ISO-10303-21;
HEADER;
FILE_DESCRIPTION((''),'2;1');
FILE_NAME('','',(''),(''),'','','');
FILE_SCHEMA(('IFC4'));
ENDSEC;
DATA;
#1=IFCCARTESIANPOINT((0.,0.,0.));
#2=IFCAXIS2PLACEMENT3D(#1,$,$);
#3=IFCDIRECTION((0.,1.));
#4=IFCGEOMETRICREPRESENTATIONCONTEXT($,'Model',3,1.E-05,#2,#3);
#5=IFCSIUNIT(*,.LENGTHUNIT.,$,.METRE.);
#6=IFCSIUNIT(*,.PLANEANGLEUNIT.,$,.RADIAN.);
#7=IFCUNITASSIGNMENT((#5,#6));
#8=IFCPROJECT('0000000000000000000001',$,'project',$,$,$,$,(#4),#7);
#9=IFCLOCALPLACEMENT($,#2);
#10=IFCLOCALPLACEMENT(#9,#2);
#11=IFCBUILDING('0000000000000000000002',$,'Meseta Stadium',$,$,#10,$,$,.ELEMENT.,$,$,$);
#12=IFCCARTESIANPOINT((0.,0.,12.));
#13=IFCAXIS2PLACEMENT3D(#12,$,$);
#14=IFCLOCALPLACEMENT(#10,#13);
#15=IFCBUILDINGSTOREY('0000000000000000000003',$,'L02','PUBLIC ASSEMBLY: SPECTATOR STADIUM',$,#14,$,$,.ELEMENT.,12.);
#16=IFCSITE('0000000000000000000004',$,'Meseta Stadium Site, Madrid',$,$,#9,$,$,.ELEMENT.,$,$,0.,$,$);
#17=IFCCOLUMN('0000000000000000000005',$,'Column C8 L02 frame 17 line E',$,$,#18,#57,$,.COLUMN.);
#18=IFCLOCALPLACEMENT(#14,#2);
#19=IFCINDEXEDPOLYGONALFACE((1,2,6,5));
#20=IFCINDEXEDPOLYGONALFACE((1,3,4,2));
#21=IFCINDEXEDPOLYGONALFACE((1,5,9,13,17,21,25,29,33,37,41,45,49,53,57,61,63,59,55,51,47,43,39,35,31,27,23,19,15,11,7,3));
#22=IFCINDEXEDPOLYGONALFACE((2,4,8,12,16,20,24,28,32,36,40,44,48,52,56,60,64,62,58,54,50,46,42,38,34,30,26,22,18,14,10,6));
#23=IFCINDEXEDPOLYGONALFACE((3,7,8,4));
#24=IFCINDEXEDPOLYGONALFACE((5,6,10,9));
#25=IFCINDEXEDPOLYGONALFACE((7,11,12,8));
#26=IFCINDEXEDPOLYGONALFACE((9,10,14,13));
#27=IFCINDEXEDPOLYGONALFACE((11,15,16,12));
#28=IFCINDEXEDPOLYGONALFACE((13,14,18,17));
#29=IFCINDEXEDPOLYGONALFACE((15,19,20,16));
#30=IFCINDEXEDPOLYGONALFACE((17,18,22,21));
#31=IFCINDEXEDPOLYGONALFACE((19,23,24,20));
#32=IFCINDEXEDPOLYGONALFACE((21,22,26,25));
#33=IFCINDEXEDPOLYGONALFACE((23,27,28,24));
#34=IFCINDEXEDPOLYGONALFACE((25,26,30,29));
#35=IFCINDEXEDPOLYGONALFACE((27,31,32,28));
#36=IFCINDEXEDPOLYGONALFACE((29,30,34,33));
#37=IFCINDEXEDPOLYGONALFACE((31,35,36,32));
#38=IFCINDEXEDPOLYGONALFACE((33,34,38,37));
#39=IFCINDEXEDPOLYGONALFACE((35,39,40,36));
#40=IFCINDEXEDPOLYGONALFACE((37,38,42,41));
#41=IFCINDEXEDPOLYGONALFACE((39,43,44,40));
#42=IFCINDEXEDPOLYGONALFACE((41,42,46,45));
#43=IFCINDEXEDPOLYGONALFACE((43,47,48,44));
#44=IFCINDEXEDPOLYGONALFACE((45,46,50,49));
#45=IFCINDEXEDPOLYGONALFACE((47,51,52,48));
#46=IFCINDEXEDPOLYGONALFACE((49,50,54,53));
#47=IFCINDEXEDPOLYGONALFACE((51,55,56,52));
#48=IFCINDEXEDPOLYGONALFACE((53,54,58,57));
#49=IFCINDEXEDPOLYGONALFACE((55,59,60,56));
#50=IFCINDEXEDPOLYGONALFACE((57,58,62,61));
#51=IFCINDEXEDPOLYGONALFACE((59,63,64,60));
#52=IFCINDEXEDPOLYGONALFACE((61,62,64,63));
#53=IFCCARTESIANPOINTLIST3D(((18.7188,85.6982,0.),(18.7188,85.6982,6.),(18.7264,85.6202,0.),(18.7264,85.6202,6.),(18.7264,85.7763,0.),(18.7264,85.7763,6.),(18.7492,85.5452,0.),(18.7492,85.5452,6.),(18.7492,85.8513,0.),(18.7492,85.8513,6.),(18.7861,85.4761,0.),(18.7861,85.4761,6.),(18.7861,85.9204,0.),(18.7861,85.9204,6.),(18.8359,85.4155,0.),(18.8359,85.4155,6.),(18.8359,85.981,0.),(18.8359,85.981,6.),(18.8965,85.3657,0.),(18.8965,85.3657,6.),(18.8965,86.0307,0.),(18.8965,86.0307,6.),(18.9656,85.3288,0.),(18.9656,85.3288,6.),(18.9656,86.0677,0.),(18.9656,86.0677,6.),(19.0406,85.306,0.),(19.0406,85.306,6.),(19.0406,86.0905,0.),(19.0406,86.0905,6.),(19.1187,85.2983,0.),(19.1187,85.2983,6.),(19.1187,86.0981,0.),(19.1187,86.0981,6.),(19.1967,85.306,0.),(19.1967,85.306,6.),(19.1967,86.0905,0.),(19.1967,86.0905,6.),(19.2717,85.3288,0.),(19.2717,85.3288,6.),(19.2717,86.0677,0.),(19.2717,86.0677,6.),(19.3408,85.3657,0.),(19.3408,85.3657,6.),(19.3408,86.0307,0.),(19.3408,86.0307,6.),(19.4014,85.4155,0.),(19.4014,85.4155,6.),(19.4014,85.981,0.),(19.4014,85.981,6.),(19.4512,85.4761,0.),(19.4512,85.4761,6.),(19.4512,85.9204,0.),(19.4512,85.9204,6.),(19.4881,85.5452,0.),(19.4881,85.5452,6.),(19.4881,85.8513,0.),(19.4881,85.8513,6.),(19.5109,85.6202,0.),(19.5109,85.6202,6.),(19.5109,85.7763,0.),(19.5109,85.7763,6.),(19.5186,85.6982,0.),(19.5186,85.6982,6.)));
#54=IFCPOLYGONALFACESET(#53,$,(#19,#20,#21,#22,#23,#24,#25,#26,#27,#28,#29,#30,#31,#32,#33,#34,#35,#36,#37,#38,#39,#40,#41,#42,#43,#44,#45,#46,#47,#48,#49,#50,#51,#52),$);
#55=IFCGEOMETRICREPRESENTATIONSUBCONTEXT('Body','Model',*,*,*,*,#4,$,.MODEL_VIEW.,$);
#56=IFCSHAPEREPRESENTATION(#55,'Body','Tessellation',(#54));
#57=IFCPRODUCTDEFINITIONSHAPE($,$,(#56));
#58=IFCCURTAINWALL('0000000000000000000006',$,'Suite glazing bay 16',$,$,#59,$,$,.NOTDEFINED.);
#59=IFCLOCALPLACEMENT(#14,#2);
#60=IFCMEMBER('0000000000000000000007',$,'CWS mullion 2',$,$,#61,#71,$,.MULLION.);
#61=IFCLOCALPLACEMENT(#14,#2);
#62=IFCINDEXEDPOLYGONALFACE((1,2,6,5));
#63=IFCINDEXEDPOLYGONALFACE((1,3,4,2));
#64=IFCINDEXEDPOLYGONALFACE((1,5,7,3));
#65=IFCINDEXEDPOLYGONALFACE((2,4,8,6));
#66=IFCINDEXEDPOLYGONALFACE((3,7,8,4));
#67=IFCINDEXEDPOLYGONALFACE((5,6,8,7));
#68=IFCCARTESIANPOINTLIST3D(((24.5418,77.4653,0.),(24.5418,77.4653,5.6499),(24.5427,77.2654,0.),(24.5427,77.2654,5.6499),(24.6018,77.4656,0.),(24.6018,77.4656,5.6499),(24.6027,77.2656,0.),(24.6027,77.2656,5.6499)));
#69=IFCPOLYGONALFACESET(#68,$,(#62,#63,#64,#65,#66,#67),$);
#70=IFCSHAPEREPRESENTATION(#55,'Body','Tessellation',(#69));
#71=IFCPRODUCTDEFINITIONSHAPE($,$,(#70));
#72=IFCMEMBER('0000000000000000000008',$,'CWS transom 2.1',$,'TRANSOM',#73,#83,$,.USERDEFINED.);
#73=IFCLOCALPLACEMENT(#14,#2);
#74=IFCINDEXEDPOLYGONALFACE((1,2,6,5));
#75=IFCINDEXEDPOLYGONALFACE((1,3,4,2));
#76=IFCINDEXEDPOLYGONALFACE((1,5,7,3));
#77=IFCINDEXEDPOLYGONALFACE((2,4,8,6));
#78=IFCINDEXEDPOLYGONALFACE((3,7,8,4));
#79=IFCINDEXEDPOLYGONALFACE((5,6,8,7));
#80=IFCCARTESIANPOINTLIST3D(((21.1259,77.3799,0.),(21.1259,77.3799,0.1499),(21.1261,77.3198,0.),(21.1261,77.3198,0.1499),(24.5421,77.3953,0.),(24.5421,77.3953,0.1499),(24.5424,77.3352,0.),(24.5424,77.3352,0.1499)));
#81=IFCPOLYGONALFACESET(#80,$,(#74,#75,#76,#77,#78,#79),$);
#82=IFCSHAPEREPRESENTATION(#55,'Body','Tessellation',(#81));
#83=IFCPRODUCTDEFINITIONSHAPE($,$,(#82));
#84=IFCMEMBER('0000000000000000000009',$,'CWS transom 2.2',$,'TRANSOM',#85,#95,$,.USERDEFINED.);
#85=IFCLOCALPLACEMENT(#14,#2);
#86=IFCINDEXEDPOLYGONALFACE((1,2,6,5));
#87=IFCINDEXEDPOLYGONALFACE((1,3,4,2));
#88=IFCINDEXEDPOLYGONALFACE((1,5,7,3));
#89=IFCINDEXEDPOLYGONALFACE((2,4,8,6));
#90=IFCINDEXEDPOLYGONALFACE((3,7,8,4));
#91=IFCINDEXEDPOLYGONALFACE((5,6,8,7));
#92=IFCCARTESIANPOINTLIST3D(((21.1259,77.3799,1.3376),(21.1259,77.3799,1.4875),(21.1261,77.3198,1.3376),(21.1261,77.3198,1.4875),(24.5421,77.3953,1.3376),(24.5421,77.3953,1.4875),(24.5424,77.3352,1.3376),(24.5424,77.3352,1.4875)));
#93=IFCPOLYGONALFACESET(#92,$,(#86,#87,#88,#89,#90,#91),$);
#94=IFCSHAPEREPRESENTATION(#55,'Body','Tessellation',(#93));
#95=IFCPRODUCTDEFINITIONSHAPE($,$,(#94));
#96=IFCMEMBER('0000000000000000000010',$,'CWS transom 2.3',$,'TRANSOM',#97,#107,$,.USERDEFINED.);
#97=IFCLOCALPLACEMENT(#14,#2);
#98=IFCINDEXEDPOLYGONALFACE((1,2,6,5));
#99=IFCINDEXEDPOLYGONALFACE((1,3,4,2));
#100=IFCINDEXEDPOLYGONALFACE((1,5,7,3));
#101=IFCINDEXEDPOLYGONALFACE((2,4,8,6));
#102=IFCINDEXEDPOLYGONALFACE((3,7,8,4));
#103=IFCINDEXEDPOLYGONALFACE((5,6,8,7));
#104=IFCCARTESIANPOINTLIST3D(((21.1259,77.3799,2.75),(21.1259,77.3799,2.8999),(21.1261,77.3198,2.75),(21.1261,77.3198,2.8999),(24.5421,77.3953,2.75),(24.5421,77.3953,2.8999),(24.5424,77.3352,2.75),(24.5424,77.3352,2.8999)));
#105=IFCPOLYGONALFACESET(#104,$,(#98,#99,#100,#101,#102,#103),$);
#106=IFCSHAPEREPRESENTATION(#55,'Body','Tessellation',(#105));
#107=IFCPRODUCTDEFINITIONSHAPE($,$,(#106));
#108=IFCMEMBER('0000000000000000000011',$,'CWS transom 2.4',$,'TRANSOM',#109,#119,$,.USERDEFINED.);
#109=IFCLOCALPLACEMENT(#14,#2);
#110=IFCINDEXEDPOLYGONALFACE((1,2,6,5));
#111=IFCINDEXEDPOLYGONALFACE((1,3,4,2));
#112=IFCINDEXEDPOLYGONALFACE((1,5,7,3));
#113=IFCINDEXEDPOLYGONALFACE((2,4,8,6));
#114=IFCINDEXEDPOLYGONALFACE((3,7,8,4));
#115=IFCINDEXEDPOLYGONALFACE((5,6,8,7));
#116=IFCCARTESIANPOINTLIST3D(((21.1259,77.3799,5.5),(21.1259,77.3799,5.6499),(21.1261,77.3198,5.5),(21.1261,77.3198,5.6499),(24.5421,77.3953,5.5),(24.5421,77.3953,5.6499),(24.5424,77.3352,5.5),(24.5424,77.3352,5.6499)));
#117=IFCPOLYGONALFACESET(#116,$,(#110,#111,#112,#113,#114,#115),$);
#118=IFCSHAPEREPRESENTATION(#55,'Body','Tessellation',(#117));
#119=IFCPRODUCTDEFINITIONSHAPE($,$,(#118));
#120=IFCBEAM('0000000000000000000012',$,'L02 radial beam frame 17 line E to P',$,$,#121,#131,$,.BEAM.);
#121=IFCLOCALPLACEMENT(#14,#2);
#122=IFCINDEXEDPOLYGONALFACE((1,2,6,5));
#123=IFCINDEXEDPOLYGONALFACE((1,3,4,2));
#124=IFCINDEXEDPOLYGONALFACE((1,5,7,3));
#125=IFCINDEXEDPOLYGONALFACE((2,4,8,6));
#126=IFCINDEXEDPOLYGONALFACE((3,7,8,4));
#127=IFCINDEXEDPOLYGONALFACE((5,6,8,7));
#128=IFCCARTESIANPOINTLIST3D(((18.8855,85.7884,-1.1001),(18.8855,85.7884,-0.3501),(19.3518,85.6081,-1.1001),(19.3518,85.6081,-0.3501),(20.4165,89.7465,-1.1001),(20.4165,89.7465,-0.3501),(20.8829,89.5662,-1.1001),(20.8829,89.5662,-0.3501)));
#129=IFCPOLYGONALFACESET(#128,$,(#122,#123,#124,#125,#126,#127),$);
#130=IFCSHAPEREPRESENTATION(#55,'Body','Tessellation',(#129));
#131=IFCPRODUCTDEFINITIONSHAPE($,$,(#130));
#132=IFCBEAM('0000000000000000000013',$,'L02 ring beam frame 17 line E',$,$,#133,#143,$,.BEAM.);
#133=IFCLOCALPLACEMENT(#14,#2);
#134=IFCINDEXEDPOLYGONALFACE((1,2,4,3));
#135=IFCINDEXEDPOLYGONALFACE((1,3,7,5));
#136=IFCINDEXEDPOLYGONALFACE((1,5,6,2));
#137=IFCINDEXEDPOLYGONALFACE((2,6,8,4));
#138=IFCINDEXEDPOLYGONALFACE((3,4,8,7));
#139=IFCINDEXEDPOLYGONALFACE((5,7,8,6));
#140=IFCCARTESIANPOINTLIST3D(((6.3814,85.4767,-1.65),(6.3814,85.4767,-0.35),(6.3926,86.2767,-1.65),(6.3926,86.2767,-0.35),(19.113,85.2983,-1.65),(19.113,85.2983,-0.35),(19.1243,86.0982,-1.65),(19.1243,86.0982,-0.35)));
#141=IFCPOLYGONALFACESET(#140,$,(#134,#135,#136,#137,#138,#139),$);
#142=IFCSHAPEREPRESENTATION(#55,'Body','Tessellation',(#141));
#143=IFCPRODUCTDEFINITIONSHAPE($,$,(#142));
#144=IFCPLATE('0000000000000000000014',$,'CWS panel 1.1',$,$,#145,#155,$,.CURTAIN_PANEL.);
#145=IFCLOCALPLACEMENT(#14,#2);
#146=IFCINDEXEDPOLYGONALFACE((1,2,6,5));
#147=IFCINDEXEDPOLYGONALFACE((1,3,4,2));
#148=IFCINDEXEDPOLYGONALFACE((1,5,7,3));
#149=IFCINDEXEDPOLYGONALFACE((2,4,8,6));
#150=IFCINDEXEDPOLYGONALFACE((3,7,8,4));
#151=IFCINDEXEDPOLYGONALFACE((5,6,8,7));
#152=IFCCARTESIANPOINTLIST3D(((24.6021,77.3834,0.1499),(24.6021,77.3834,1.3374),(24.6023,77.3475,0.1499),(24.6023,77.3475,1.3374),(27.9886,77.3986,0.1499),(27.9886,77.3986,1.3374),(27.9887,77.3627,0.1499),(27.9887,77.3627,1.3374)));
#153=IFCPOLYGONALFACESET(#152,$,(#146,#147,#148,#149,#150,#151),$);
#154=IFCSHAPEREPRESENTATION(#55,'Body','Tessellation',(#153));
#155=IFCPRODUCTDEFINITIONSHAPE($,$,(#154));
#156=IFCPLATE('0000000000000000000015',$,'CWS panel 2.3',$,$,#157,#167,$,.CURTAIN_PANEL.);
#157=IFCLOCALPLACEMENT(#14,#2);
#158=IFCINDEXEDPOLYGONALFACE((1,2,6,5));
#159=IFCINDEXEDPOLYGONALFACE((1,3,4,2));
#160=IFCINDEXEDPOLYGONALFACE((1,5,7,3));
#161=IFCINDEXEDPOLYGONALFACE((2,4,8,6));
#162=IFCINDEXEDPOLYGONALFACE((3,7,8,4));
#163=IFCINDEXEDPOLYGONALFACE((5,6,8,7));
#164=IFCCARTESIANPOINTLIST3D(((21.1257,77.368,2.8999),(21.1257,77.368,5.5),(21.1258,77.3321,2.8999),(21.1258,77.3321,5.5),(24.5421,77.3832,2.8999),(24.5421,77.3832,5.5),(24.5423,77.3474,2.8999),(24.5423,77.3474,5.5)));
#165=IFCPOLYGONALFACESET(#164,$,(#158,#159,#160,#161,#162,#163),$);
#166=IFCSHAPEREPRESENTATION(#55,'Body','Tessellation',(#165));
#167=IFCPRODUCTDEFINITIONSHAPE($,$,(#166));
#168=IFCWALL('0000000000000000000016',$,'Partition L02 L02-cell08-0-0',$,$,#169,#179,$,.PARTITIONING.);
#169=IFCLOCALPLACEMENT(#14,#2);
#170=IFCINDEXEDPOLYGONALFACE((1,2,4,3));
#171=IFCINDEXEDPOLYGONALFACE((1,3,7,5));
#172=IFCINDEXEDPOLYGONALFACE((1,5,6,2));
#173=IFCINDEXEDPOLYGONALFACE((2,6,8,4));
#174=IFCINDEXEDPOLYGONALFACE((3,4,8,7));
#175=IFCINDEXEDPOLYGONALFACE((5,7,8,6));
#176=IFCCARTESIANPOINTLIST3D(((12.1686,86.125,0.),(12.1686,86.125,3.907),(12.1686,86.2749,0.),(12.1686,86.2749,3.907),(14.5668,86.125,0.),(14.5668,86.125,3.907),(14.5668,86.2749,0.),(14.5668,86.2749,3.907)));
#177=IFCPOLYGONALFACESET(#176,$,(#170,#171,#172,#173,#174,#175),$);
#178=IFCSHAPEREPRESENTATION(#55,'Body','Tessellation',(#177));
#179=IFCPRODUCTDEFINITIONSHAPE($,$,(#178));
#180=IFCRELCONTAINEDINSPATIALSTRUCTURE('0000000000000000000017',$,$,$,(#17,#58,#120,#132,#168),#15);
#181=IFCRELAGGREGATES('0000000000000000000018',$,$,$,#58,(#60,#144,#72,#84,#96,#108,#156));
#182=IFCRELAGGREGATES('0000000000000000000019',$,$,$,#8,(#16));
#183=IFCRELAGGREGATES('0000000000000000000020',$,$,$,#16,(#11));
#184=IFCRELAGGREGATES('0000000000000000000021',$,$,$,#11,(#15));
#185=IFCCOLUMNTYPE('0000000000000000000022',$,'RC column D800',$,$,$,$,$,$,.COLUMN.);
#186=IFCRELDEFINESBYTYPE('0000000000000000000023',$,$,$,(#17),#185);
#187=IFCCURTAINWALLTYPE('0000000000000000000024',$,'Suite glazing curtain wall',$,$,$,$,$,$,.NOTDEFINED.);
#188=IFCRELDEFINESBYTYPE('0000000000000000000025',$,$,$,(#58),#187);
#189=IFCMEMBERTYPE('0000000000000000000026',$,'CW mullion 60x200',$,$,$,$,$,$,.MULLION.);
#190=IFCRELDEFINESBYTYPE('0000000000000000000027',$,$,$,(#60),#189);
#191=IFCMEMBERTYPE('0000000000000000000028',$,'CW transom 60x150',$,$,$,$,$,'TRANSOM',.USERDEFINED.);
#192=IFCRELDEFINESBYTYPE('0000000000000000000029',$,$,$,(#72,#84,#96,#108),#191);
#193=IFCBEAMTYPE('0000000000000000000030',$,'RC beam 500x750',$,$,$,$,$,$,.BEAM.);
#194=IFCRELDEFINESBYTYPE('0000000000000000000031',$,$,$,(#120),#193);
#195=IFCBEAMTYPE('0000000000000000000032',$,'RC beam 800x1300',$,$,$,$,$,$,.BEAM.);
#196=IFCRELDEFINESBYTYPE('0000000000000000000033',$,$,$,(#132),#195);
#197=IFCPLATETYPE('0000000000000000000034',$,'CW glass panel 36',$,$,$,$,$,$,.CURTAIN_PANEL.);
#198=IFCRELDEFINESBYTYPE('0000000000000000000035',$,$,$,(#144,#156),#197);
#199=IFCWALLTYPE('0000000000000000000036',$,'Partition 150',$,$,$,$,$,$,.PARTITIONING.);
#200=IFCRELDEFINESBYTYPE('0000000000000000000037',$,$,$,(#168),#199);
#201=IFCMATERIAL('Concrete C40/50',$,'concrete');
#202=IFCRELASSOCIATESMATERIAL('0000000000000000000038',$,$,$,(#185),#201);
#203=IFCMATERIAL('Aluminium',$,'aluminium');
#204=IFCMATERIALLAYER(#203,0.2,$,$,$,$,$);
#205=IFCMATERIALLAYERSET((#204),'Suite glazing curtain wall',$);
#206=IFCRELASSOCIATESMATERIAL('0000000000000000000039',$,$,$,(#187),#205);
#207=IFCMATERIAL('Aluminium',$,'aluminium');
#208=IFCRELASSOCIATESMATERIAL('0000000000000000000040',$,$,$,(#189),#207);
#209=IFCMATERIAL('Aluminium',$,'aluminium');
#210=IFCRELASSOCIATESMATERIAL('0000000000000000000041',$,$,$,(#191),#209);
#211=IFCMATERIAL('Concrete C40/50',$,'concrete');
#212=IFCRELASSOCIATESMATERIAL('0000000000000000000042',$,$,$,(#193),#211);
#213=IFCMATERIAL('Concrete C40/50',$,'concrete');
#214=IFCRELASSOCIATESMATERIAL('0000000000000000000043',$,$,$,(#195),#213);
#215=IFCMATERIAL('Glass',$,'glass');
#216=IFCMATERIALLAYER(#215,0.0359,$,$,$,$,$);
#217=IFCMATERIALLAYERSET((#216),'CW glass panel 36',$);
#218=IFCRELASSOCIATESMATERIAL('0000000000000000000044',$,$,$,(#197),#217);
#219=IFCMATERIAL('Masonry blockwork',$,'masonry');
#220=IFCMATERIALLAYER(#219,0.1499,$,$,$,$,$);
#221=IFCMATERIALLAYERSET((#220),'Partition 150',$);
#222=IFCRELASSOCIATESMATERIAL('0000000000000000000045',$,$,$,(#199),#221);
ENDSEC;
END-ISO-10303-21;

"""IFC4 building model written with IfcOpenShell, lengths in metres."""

from ifc_helpers import new_model, si_unit, direction, frame, frame_2d, origin, origin_2d, place, context, subcontext, project, spatial, rectangle, circle, extrude, material, layer, layer_set, material_profile, profile_set, type_object, element, aggregate, save


model = new_model("IFC4")

# Units and contexts
model_context = context("Model", 3, precision=1e-05, world=origin(), true_north=direction((0.0, 1.0)))
body_context = subcontext(model_context, "Body", "Model", "MODEL_VIEW")
ifc_project = project(units=[si_unit("LENGTHUNIT", "METRE"), si_unit("PLANEANGLEUNIT", "RADIAN")], contexts=[model_context])

# Site, building, storey
site_placement = place(None, origin())
site = spatial("IfcSite", under=ifc_project, at=site_placement, Name="Meseta Stadium Site, Madrid", CompositionType="ELEMENT", RefElevation=0.0)
building_placement = place(site_placement, origin())
building = spatial("IfcBuilding", under=site, at=building_placement, Name="Meseta Stadium", CompositionType="ELEMENT")
storey_placement = place(building_placement, frame((0.0, 0.0, 12.0)))
storey = spatial("IfcBuildingStorey", under=building, at=storey_placement, Name="L02", Description="PUBLIC ASSEMBLY: SPECTATOR STADIUM", CompositionType="ELEMENT", Elevation=12.0)

# Column
ifc_material_1 = material(Name="Concrete C40/50", Category="concrete")
ifc_material_profile_1 = material_profile(ifc_material_1, circle(Radius=0.3999, at=origin_2d()), Name="RC D800")
ifc_profile_set_1 = profile_set([ifc_material_profile_1], Name="Concrete C40/50")
column_type = type_object("IfcColumnType", Name="RC column D800", PredefinedType="COLUMN", material=ifc_profile_set_1)
column_placement = place(storey_placement, frame((19.1187, 85.6982, 0.0), z_axis=(0.0, 0.0, 1.0), x_axis=(1.0, 0.0, 0.0)))
element("IfcColumn", 1, at=column_placement, inside=storey, type_object=column_type, Name="Column C8 L02 frame 17 line E", PredefinedType="COLUMN", context=body_context, shape_type="SweptSolid", body=[
    extrude(circle(Radius=0.3999, at=origin_2d()), origin(), (0.0, 0.0, 1.0), 6.0),
])

# Curtain wall, members
ifc_material_2 = material(Name="Aluminium", Category="aluminium")
ifc_layer_1 = layer(ifc_material_2, 0.2)
ifc_layer_set_1 = layer_set([ifc_layer_1], Name="Suite glazing curtain wall")
curtain_wall_type = type_object("IfcCurtainWallType", Name="Suite glazing curtain wall", PredefinedType="NOTDEFINED", material=ifc_layer_set_1)
curtain_wall_placement = place(storey_placement, origin())
curtain_wall = element("IfcCurtainWall", 2, at=curtain_wall_placement, inside=storey, type_object=curtain_wall_type, Name="Suite glazing bay 16", PredefinedType="NOTDEFINED")
ifc_material_3 = material(Name="Aluminium", Category="aluminium")
ifc_material_profile_2 = material_profile(ifc_material_3, rectangle(XDim=0.2, YDim=0.0601, at=origin_2d()), Name="CW 200x60")
ifc_profile_set_2 = profile_set([ifc_material_profile_2], Name="Aluminium")
member_type_1 = type_object("IfcMemberType", Name="CW mullion 60x200", PredefinedType="MULLION", material=ifc_profile_set_2)
member_1_placement = place(storey_placement, frame((24.5723, 77.3655, 0.0), z_axis=(0.0, 0.0, 1.0), x_axis=(0.004469, -0.99999, 0.0)))
member_1 = element("IfcMember", 3, at=member_1_placement, type_object=member_type_1, Name="CWS mullion 2", PredefinedType="MULLION", context=body_context, shape_type="SweptSolid", body=[
    extrude(rectangle(XDim=0.2, YDim=0.0601, at=origin_2d()), origin(), (0.0, 0.0, 1.0), 5.6499),
])
ifc_material_4 = material(Name="Aluminium", Category="aluminium")
ifc_material_profile_3 = material_profile(ifc_material_4, rectangle(XDim=0.0601, YDim=0.1499, at=origin_2d()), Name="CW 60x150")
ifc_profile_set_3 = profile_set([ifc_material_profile_3], Name="Aluminium")
member_type_2 = type_object("IfcMemberType", Name="CW transom 60x150", ElementType="TRANSOM", PredefinedType="USERDEFINED", material=ifc_profile_set_3)
member_2_placement = place(storey_placement, frame((24.5422, 77.3652, 0.075), z_axis=(-0.99999, -0.004502, 0.0), x_axis=(0.004502, -0.99999, 0.0)))
member_2 = element("IfcMember", 4, at=member_2_placement, type_object=member_type_2, Name="CWS transom 2.1", ObjectType="TRANSOM", PredefinedType="USERDEFINED", context=body_context, shape_type="SweptSolid", body=[
    extrude(rectangle(XDim=0.0601, YDim=0.1499, at=origin_2d()), origin(), (0.0, 0.0, 1.0), 3.4163),
])
member_3_placement = place(storey_placement, frame((24.5422, 77.3652, 1.4126), z_axis=(-0.99999, -0.004502, 0.0), x_axis=(0.004502, -0.99999, 0.0)))
member_3 = element("IfcMember", 5, at=member_3_placement, type_object=member_type_2, Name="CWS transom 2.2", ObjectType="TRANSOM", PredefinedType="USERDEFINED", context=body_context, shape_type="SweptSolid", body=[
    extrude(rectangle(XDim=0.0601, YDim=0.1499, at=origin_2d()), origin(), (0.0, 0.0, 1.0), 3.4163),
])
member_4_placement = place(storey_placement, frame((24.5422, 77.3652, 2.825), z_axis=(-0.99999, -0.004502, 0.0), x_axis=(0.004502, -0.99999, 0.0)))
member_4 = element("IfcMember", 6, at=member_4_placement, type_object=member_type_2, Name="CWS transom 2.3", ObjectType="TRANSOM", PredefinedType="USERDEFINED", context=body_context, shape_type="SweptSolid", body=[
    extrude(rectangle(XDim=0.0601, YDim=0.1499, at=origin_2d()), origin(), (0.0, 0.0, 1.0), 3.4163),
])
member_5_placement = place(storey_placement, frame((24.5422, 77.3652, 5.575), z_axis=(-0.99999, -0.004502, 0.0), x_axis=(0.004502, -0.99999, 0.0)))
member_5 = element("IfcMember", 7, at=member_5_placement, type_object=member_type_2, Name="CWS transom 2.4", ObjectType="TRANSOM", PredefinedType="USERDEFINED", context=body_context, shape_type="SweptSolid", body=[
    extrude(rectangle(XDim=0.0601, YDim=0.1499, at=origin_2d()), origin(), (0.0, 0.0, 1.0), 3.4163),
])

# Beams
ifc_material_5 = material(Name="Concrete C40/50", Category="concrete")
ifc_material_profile_4 = material_profile(ifc_material_5, rectangle(XDim=0.5, YDim=0.75, at=origin_2d()), Name="RC 500x750")
ifc_profile_set_4 = profile_set([ifc_material_profile_4], Name="Concrete C40/50")
beam_type_1 = type_object("IfcBeamType", Name="RC beam 500x750", PredefinedType="BEAM", material=ifc_profile_set_4)
beam_1_placement = place(storey_placement, frame((19.1187, 85.6982, -0.7251), z_axis=(0.360763, 0.932657, 0.0), x_axis=(-0.932657, 0.360763, 0.0)))
element("IfcBeam", 8, at=beam_1_placement, inside=storey, type_object=beam_type_1, Name="L02 radial beam frame 17 line E to P", PredefinedType="BEAM", context=body_context, shape_type="SweptSolid", body=[
    extrude(rectangle(XDim=0.5, YDim=0.75, at=origin_2d()), origin(), (0.0, 0.0, 1.0), 4.2439),
])
ifc_material_6 = material(Name="Concrete C40/50", Category="concrete")
ifc_material_profile_5 = material_profile(ifc_material_6, rectangle(XDim=0.8, YDim=1.3, at=origin_2d()), Name="RC 800x1300")
ifc_profile_set_5 = profile_set([ifc_material_profile_5], Name="Concrete C40/50")
beam_type_2 = type_object("IfcBeamType", Name="RC beam 800x1300", PredefinedType="BEAM", material=ifc_profile_set_5)
beam_2_placement = place(storey_placement, frame((19.1187, 85.6982, -1.0), z_axis=(-0.999902, 0.014016, 0.0), x_axis=(-0.014016, -0.999902, 0.0)))
element("IfcBeam", 9, at=beam_2_placement, inside=storey, type_object=beam_type_2, Name="L02 ring beam frame 17 line E", PredefinedType="BEAM", context=body_context, shape_type="SweptSolid", body=[
    extrude(rectangle(XDim=0.8, YDim=1.3, at=origin_2d()), origin(), (0.0, 0.0, 1.0), 12.7329),
])

# Plates
ifc_material_7 = material(Name="Glass", Category="glass")
ifc_layer_2 = layer(ifc_material_7, 0.0359)
ifc_layer_set_2 = layer_set([ifc_layer_2], Name="CW glass panel 36")
plate_type = type_object("IfcPlateType", Name="CW glass panel 36", PredefinedType="CURTAIN_PANEL", material=ifc_layer_set_2)
plate_1_placement = place(storey_placement, frame((26.2954, 77.373, 0.1499), z_axis=(0.0, 0.0, 1.0), x_axis=(-0.99999, -0.004469, 0.0)))
plate_1 = element("IfcPlate", 10, at=plate_1_placement, type_object=plate_type, Name="CWS panel 1.1", PredefinedType="CURTAIN_PANEL", context=body_context, shape_type="SweptSolid", body=[
    extrude(rectangle(XDim=3.3865, YDim=0.0359, at=origin_2d()), origin(), (0.0, 0.0, 1.0), 1.1875),
])
plate_2_placement = place(storey_placement, frame((22.834, 77.3577, 2.8999), z_axis=(0.0, 0.0, 1.0), x_axis=(-0.99999, -0.004469, 0.0)))
plate_2 = element("IfcPlate", 11, at=plate_2_placement, type_object=plate_type, Name="CWS panel 2.3", PredefinedType="CURTAIN_PANEL", context=body_context, shape_type="SweptSolid", body=[
    extrude(rectangle(XDim=3.4165, YDim=0.0359, at=origin_2d()), origin(), (0.0, 0.0, 1.0), 2.6001),
])
aggregate(curtain_wall, [member_1, plate_1, member_2, member_3, member_4, member_5, plate_2])

# Wall
ifc_material_8 = material(Name="Masonry blockwork", Category="masonry")
ifc_layer_3 = layer(ifc_material_8, 0.1499)
ifc_layer_set_3 = layer_set([ifc_layer_3], Name="Partition 150")
wall_type = type_object("IfcWallType", Name="Partition 150", PredefinedType="PARTITIONING", material=ifc_layer_set_3)
wall_1_placement = place(storey_placement, frame((12.1685, 86.2, 0.0), z_axis=(0.0, 0.0, 1.0), x_axis=(1.0, 0.0, 0.0)))
element("IfcWall", 12, at=wall_1_placement, inside=storey, type_object=wall_type, Name="Partition L02 L02-cell08-0-0", PredefinedType="PARTITIONING", context=body_context, shape_type="SweptSolid", body=[
    extrude(rectangle(XDim=2.3982, YDim=0.1499, at=frame_2d((1.1992, 0.0))), origin(), (0.0, 0.0, 1.0), 3.907),
])

save(model, "model.ifc")
